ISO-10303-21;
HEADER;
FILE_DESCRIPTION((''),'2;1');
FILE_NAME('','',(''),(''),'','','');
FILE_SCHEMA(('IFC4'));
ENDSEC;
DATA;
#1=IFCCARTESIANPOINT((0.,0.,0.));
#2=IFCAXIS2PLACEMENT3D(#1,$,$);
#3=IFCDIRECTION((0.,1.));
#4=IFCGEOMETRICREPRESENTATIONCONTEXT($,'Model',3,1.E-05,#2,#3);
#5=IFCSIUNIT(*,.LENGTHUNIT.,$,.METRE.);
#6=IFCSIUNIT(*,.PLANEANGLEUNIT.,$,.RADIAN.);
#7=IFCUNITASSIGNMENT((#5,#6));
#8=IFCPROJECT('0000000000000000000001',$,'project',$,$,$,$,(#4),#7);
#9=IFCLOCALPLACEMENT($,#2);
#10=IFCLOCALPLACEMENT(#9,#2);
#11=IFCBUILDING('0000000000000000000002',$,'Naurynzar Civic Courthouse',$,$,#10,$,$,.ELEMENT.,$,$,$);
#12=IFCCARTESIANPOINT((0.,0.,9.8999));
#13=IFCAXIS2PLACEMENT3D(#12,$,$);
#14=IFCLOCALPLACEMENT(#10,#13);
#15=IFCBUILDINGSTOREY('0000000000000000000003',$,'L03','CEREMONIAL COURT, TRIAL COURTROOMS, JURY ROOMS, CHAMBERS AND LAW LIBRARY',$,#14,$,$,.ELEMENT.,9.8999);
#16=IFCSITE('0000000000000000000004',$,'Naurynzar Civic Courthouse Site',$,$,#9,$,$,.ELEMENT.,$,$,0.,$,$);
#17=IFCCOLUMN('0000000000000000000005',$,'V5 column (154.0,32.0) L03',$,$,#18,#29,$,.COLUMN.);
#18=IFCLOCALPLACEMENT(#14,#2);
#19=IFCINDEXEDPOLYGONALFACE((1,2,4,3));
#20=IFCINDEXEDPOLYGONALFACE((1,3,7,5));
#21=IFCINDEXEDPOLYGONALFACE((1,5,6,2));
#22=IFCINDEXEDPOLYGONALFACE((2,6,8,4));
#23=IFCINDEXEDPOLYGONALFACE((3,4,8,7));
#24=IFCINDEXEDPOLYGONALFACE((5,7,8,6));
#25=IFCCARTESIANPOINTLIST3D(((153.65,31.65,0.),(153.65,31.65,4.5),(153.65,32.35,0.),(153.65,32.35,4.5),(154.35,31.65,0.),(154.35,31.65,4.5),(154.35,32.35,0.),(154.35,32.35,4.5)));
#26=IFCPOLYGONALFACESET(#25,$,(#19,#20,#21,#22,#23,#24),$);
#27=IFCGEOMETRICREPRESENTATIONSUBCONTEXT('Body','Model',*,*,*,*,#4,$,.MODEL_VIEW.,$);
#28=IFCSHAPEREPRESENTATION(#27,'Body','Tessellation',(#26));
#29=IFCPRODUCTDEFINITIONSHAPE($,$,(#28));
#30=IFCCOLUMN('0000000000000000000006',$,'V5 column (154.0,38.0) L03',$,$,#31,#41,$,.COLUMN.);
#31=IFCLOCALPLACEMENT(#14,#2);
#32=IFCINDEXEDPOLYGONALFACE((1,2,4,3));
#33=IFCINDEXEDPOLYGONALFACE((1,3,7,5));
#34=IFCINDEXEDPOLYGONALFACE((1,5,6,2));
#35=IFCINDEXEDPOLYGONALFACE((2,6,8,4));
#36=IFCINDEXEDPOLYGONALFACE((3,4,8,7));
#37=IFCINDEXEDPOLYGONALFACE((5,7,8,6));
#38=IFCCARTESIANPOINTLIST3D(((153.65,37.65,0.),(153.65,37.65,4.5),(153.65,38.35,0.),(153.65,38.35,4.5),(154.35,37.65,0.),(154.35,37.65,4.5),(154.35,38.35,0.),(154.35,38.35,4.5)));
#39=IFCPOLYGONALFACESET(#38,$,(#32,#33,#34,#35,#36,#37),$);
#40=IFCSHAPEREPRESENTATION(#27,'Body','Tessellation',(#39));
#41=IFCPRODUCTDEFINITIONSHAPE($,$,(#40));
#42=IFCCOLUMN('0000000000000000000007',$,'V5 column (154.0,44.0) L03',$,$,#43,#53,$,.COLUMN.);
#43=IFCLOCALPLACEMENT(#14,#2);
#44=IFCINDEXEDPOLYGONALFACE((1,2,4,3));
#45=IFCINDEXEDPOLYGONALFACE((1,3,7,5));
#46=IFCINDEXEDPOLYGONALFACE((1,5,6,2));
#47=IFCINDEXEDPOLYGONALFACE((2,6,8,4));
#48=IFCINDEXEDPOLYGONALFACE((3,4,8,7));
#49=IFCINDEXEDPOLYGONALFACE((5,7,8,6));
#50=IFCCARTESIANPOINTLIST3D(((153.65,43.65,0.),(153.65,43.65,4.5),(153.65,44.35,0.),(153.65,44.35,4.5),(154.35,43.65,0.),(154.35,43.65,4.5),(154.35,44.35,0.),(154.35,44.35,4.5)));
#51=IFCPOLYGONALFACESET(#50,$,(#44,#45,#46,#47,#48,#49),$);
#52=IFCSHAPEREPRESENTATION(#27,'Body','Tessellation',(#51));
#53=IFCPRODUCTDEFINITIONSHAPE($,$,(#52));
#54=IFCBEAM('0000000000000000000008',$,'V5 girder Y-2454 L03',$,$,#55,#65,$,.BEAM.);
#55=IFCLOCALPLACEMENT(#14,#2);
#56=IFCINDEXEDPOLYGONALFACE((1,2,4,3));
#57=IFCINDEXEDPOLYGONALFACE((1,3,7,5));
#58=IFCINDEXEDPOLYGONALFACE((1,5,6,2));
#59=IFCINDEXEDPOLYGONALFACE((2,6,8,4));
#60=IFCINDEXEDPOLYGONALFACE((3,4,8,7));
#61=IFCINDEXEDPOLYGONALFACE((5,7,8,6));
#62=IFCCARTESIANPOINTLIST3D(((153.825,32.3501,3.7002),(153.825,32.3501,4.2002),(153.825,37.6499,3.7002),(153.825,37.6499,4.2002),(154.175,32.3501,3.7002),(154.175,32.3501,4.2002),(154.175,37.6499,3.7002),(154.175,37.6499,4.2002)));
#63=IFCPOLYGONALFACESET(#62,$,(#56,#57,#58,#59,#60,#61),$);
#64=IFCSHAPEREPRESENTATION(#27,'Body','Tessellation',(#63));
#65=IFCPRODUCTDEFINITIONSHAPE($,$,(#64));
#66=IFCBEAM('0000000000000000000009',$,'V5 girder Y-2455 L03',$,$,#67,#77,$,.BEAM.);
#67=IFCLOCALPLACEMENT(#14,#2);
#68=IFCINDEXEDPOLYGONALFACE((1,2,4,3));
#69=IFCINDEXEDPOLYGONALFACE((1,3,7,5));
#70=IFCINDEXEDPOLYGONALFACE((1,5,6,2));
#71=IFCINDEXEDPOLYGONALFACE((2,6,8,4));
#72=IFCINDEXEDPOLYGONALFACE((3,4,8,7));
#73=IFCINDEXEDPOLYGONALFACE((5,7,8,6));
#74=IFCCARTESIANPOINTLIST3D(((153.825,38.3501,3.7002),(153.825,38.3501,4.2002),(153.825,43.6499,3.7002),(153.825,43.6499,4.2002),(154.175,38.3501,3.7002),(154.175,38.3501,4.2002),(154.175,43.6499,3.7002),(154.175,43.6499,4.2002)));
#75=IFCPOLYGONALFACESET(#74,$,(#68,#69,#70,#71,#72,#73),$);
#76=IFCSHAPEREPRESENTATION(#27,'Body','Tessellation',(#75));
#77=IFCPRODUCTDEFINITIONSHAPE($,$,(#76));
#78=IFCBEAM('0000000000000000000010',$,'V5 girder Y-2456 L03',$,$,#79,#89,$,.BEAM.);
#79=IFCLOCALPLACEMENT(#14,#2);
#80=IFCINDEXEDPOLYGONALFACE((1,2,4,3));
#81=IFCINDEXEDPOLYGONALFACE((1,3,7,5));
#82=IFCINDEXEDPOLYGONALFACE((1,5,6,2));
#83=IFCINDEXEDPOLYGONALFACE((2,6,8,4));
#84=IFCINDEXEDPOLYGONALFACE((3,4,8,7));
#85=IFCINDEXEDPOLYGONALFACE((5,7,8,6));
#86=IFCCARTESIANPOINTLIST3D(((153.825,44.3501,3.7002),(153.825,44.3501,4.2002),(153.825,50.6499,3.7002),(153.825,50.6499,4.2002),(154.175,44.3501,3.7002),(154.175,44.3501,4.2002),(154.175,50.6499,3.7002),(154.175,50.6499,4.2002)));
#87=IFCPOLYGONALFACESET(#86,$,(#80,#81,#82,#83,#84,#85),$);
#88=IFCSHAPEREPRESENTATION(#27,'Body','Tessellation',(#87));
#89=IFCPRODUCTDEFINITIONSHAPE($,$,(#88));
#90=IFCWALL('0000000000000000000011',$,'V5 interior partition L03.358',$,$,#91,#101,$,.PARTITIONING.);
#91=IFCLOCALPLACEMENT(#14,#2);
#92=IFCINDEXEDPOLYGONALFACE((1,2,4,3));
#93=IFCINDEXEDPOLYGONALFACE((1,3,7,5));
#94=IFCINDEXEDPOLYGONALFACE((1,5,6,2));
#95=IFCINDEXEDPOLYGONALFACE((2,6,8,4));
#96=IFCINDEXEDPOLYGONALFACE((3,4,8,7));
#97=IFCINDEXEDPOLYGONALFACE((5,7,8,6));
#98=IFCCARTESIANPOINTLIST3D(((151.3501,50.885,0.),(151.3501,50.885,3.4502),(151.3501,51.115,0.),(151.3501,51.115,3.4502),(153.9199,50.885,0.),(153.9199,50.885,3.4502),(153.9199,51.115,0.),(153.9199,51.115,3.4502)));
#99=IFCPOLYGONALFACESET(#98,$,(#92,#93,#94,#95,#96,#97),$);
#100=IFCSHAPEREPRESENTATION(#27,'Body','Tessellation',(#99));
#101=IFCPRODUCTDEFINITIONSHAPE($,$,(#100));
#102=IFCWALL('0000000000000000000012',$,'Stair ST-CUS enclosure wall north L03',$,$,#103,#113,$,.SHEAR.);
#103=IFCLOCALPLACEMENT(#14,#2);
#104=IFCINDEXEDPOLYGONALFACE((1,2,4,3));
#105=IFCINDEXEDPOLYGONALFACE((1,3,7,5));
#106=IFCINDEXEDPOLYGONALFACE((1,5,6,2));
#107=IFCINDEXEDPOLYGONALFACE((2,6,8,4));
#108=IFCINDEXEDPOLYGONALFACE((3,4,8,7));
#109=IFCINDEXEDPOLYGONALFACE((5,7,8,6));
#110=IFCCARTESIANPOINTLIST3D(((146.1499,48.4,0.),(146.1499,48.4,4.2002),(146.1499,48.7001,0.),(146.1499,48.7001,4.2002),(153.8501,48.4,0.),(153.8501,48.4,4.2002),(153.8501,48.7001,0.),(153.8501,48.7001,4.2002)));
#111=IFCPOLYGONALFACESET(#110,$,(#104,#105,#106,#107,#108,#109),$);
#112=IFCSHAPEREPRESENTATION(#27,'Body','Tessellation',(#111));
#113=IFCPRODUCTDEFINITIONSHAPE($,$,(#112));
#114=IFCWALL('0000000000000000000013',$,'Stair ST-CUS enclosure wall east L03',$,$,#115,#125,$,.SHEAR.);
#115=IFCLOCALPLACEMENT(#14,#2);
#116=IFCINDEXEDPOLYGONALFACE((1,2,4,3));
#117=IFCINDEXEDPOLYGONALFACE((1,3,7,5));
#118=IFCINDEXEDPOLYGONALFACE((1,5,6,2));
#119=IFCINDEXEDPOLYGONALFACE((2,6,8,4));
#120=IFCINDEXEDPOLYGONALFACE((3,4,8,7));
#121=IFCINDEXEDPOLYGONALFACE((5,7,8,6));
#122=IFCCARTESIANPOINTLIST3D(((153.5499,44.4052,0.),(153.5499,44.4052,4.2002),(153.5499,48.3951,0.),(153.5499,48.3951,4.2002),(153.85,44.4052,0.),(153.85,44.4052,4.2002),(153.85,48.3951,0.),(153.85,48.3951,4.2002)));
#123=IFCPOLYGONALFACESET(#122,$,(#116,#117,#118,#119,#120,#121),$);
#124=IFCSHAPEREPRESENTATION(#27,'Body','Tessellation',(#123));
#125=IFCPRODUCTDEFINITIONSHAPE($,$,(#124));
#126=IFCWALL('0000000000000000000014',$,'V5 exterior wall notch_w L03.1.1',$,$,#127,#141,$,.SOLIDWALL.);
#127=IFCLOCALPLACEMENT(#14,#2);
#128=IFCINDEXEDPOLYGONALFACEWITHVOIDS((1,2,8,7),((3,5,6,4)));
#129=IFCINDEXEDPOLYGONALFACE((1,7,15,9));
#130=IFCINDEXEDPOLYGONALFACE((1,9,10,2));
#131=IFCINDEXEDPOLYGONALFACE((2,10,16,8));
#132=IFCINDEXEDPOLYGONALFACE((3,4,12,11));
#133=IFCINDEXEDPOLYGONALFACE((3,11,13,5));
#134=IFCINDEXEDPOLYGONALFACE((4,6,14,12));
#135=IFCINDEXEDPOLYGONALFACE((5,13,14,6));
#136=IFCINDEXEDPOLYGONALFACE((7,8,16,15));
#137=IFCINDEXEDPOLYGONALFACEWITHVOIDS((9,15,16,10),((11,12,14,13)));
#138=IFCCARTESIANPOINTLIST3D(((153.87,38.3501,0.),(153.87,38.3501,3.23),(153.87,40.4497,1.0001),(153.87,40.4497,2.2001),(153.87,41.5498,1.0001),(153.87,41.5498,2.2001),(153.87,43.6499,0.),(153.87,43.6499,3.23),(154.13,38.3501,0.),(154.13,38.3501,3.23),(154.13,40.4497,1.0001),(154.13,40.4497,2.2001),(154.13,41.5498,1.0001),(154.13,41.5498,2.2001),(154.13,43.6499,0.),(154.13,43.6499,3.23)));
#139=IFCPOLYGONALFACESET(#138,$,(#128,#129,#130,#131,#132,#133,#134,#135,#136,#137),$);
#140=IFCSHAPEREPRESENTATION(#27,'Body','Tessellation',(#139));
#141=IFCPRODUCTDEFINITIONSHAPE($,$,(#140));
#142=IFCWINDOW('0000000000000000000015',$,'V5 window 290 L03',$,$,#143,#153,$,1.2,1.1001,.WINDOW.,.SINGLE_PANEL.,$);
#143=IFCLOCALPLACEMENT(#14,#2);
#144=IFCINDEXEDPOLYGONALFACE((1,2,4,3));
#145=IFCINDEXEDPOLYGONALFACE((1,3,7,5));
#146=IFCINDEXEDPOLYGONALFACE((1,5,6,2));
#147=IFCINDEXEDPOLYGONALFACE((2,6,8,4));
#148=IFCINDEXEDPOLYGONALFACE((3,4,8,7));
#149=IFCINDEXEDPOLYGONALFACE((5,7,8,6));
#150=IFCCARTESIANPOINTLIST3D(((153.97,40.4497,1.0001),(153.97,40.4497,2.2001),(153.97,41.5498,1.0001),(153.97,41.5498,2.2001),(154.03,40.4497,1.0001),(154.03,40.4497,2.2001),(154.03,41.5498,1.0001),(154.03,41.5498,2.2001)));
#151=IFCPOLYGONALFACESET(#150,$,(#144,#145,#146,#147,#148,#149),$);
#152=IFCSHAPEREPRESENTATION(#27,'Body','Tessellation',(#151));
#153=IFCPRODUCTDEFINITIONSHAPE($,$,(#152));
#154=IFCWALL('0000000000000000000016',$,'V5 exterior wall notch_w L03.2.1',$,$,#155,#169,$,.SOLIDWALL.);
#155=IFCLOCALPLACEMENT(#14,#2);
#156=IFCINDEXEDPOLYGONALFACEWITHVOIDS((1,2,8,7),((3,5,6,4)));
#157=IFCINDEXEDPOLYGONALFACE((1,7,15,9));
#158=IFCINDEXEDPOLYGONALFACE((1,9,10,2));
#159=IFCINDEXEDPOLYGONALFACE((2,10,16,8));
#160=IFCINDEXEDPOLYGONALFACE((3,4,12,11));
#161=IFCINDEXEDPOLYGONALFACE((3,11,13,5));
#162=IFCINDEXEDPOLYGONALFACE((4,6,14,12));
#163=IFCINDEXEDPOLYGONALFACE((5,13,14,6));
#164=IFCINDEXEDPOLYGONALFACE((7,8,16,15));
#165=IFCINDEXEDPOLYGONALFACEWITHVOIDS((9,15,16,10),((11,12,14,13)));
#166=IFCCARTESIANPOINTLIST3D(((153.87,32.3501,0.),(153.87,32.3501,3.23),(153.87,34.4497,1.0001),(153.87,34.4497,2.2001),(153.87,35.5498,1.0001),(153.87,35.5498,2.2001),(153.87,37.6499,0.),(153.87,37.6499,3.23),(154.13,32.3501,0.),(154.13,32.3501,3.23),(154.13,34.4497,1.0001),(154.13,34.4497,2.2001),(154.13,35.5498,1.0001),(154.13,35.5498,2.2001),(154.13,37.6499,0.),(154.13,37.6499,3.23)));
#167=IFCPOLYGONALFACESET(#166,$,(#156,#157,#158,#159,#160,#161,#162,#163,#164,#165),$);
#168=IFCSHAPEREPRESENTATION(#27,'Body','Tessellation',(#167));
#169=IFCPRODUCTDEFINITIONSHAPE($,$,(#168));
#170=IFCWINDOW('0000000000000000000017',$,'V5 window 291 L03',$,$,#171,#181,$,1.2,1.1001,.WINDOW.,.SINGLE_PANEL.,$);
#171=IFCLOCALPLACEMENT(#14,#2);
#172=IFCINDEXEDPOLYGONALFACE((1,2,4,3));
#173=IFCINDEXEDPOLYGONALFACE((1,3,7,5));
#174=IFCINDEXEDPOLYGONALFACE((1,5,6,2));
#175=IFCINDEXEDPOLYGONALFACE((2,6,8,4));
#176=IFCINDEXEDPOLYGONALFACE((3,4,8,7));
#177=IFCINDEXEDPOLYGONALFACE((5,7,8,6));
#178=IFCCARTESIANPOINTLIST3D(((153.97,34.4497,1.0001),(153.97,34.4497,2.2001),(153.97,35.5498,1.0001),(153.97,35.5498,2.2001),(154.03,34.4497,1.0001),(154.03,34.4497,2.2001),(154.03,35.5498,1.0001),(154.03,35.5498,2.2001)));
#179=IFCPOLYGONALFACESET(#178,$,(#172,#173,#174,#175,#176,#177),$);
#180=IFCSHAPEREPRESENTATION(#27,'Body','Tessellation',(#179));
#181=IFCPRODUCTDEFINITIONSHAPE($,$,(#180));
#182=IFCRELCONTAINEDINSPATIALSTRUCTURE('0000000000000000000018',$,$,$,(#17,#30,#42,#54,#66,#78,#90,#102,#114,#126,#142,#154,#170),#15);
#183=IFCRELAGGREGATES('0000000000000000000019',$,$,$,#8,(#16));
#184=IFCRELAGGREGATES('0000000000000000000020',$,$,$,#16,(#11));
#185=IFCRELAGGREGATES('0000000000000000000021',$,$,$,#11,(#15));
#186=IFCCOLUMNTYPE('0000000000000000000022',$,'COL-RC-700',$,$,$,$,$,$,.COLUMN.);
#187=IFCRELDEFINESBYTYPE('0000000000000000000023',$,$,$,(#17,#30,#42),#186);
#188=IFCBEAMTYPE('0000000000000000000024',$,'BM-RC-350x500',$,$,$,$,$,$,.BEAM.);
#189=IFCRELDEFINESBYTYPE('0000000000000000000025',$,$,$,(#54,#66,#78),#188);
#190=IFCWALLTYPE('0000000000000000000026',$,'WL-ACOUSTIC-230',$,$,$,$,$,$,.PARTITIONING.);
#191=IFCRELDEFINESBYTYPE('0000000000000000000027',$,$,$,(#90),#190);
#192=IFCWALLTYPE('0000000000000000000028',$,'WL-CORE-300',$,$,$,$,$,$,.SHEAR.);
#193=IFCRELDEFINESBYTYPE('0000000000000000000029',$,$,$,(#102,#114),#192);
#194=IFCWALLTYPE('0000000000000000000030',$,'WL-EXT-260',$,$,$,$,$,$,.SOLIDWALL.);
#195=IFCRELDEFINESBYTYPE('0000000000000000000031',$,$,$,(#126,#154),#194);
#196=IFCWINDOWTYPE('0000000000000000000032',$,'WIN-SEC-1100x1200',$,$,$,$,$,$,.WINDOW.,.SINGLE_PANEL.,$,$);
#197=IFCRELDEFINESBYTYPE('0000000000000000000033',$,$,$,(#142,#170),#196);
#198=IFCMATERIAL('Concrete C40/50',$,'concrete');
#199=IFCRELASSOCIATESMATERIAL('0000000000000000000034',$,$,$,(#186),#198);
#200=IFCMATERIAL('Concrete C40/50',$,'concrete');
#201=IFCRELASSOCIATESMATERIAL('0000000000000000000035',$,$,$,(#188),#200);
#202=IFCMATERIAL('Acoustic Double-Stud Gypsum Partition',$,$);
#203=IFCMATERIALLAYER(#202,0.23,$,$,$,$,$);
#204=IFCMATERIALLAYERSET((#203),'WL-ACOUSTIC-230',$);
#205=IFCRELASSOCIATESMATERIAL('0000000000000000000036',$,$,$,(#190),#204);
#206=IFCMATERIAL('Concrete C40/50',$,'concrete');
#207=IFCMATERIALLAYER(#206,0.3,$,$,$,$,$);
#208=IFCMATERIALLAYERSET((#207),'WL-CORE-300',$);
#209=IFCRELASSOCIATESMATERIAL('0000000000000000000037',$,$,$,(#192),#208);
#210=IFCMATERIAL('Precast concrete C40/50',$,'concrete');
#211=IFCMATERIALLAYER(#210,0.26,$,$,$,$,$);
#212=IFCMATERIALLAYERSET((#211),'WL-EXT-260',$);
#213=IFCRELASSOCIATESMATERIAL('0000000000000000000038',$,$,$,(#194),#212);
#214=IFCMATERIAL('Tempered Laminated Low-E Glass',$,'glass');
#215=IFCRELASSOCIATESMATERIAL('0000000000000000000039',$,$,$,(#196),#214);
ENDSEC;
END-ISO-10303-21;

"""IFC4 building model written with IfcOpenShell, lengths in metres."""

from ifc_helpers import new_model, si_unit, direction, frame, frame_2d, origin, origin_2d, place, context, subcontext, project, spatial, rectangle, extrude, material, layer, layer_set, material_profile, profile_set, type_object, element, fill, save


model = new_model("IFC4")

# Units and contexts
model_context = context("Model", 3, precision=1e-05, world=origin(), true_north=direction((0.0, 1.0)))
body_context = subcontext(model_context, "Body", "Model", "MODEL_VIEW")
ifc_project = project(units=[si_unit("LENGTHUNIT", "METRE"), si_unit("PLANEANGLEUNIT", "RADIAN")], contexts=[model_context])

# Site, building, storey
site_placement = place(None, origin())
site = spatial("IfcSite", under=ifc_project, at=site_placement, Name="Naurynzar Civic Courthouse Site", CompositionType="ELEMENT", RefElevation=0.0)
building_placement = place(site_placement, origin())
building = spatial("IfcBuilding", under=site, at=building_placement, Name="Naurynzar Civic Courthouse", CompositionType="ELEMENT")
storey_placement = place(building_placement, frame((0.0, 0.0, 9.8999)))
storey = spatial("IfcBuildingStorey", under=building, at=storey_placement, Name="L03", Description="CEREMONIAL COURT, TRIAL COURTROOMS, JURY ROOMS, CHAMBERS AND LAW LIBRARY", CompositionType="ELEMENT", Elevation=9.8999)

# Columns
ifc_material_1 = material(Name="Concrete C40/50", Category="concrete")
ifc_material_profile_1 = material_profile(ifc_material_1, rectangle(XDim=0.7, YDim=0.7, at=origin_2d()), Name="RC 700x700")
ifc_profile_set_1 = profile_set([ifc_material_profile_1], Name="Concrete C40/50")
column_type = type_object("IfcColumnType", Name="COL-RC-700", PredefinedType="COLUMN", material=ifc_profile_set_1)
for number, where, z_axis, x_axis, name in (
    (1, (154.0, 32.0, 0.0), (0.0, 0.0, 1.0), (1.0, 0.0, 0.0), "V5 column (154.0,32.0) L03"),
    (2, (154.0, 38.0, 0.0), (0.0, 0.0, 1.0), (1.0, 0.0, 0.0), "V5 column (154.0,38.0) L03"),
    (3, (154.0, 44.0, 0.0), (0.0, 0.0, 1.0), (1.0, 0.0, 0.0), "V5 column (154.0,44.0) L03"),
):
    element("IfcColumn", number, at=place(storey_placement, frame(where, z_axis=z_axis, x_axis=x_axis)), inside=storey, type_object=column_type, Name=name, PredefinedType="COLUMN", context=body_context, shape_type="SweptSolid", body=[
        extrude(rectangle(XDim=0.7, YDim=0.7, at=origin_2d()), origin(), (0.0, 0.0, 1.0), 4.5),
    ])

# Beams
ifc_material_2 = material(Name="Concrete C40/50", Category="concrete")
ifc_material_profile_2 = material_profile(ifc_material_2, rectangle(XDim=0.3501, YDim=0.5, at=origin_2d()), Name="RCB 350x500")
ifc_profile_set_2 = profile_set([ifc_material_profile_2], Name="Concrete C40/50")
beam_type = type_object("IfcBeamType", Name="BM-RC-350x500", PredefinedType="BEAM", material=ifc_profile_set_2)
for number, where, z_axis, x_axis, name in (
    (4, (154.0, 32.3501, 3.9502), (0.0, 1.0, 0.0), (-1.0, 0.0, 0.0), "V5 girder Y-2454 L03"),
    (5, (154.0, 38.3501, 3.9502), (0.0, 1.0, 0.0), (-1.0, 0.0, 0.0), "V5 girder Y-2455 L03"),
):
    element("IfcBeam", number, at=place(storey_placement, frame(where, z_axis=z_axis, x_axis=x_axis)), inside=storey, type_object=beam_type, Name=name, PredefinedType="BEAM", context=body_context, shape_type="SweptSolid", body=[
        extrude(rectangle(XDim=0.3501, YDim=0.5, at=origin_2d()), origin(), (0.0, 0.0, 1.0), 5.2998),
    ])
beam_placement = place(storey_placement, frame((154.0, 44.3501, 3.9502), z_axis=(0.0, 1.0, 0.0), x_axis=(-1.0, 0.0, 0.0)))
element("IfcBeam", 6, at=beam_placement, inside=storey, type_object=beam_type, Name="V5 girder Y-2456 L03", PredefinedType="BEAM", context=body_context, shape_type="SweptSolid", body=[
    extrude(rectangle(XDim=0.3501, YDim=0.5, at=origin_2d()), origin(), (0.0, 0.0, 1.0), 6.2998),
])

# Walls
ifc_material_3 = material(Name="Acoustic Double-Stud Gypsum Partition")
ifc_layer_1 = layer(ifc_material_3, 0.23)
ifc_layer_set_1 = layer_set([ifc_layer_1], Name="WL-ACOUSTIC-230")
wall_type_1 = type_object("IfcWallType", Name="WL-ACOUSTIC-230", PredefinedType="PARTITIONING", material=ifc_layer_set_1)
wall_1_placement = place(storey_placement, frame((151.3501, 51.0, 0.0), z_axis=(0.0, 0.0, 1.0), x_axis=(1.0, 0.0, 0.0)))
element("IfcWall", 7, at=wall_1_placement, inside=storey, type_object=wall_type_1, Name="V5 interior partition L03.358", PredefinedType="PARTITIONING", context=body_context, shape_type="SweptSolid", body=[
    extrude(rectangle(XDim=2.5698, YDim=0.23, at=frame_2d((1.2849, 0.0))), origin(), (0.0, 0.0, 1.0), 3.4502),
])
ifc_material_4 = material(Name="Concrete C40/50", Category="concrete")
ifc_layer_2 = layer(ifc_material_4, 0.3)
ifc_layer_set_2 = layer_set([ifc_layer_2], Name="WL-CORE-300")
wall_type_2 = type_object("IfcWallType", Name="WL-CORE-300", PredefinedType="SHEAR", material=ifc_layer_set_2)
wall_2_placement = place(storey_placement, frame((153.8501, 48.55, 0.0), z_axis=(0.0, 0.0, 1.0), x_axis=(-1.0, 0.0, 0.0)))
element("IfcWall", 8, at=wall_2_placement, inside=storey, type_object=wall_type_2, Name="Stair ST-CUS enclosure wall north L03", PredefinedType="SHEAR", context=body_context, shape_type="SweptSolid", body=[
    extrude(rectangle(XDim=7.7002, YDim=0.3, at=frame_2d((3.8501, 0.0))), origin(), (0.0, 0.0, 1.0), 4.2002),
])
wall_3_placement = place(storey_placement, frame((153.7, 44.405, 0.0), z_axis=(0.0, 0.0, 1.0), x_axis=(0.0, 1.0, 0.0)))
element("IfcWall", 9, at=wall_3_placement, inside=storey, type_object=wall_type_2, Name="Stair ST-CUS enclosure wall east L03", PredefinedType="SHEAR", context=body_context, shape_type="SweptSolid", body=[
    extrude(rectangle(XDim=3.99, YDim=0.3, at=frame_2d((1.9951, 0.0))), origin(), (0.0, 0.0, 1.0), 4.2002),
])

# Walls, openings, windows
ifc_material_5 = material(Name="Precast concrete C40/50", Category="concrete")
ifc_layer_3 = layer(ifc_material_5, 0.26)
ifc_layer_set_3 = layer_set([ifc_layer_3], Name="WL-EXT-260")
wall_type_3 = type_object("IfcWallType", Name="WL-EXT-260", PredefinedType="SOLIDWALL", material=ifc_layer_set_3)
wall_4_placement = place(storey_placement, frame((154.0, 43.6499, 0.0), z_axis=(0.0, 0.0, 1.0), x_axis=(0.0, -1.0, 0.0)))
wall_4 = element("IfcWall", 10, at=wall_4_placement, inside=storey, type_object=wall_type_3, Name="V5 exterior wall notch_w L03.1.1", PredefinedType="SOLIDWALL", context=body_context, shape_type="SweptSolid", body=[
    extrude(rectangle(XDim=5.2998, YDim=0.26, at=frame_2d((2.6499, 0.0))), origin(), (0.0, 0.0, 1.0), 3.23),
])
opening_1_placement = place(wall_4_placement, frame((2.1001, 0.0, 1.0)))
opening_1 = element("IfcOpeningElement", 11, at=opening_1_placement, cuts=wall_4, PredefinedType="OPENING", context=body_context, shape_type="SweptSolid", body=[
    extrude(rectangle(XDim=1.1001, YDim=1.2, at=frame_2d((0.55, 0.6001))), frame((0.0, 0.1399, 0.0), z_axis=(0.0, -1.0, 0.0), x_axis=(1.0, 0.0, 0.0)), (0.0, 0.0, 1.0), 0.28),
])
ifc_material_6 = material(Name="Tempered Laminated Low-E Glass", Category="glass")
window_type = type_object("IfcWindowType", Name="WIN-SEC-1100x1200", PartitioningType="SINGLE_PANEL", PredefinedType="WINDOW", material=ifc_material_6)
window_1_placement = place(opening_1_placement, origin())
window_1 = element("IfcWindow", 12, at=window_1_placement, inside=storey, type_object=window_type, Name="V5 window 290 L03", OverallHeight=1.2, OverallWidth=1.1001, PartitioningType="SINGLE_PANEL", PredefinedType="WINDOW", context=body_context, shape_type="SweptSolid", body=[
    extrude(rectangle(XDim=1.1001, YDim=1.2, at=frame_2d((0.55, 0.6001))), frame((0.0, 0.03, 0.0), z_axis=(0.0, -1.0, 0.0), x_axis=(1.0, 0.0, 0.0)), (0.0, 0.0, 1.0), 0.0601),
])
fill(opening_1, window_1)
wall_5_placement = place(storey_placement, frame((154.0, 37.6499, 0.0), z_axis=(0.0, 0.0, 1.0), x_axis=(0.0, -1.0, 0.0)))
wall_5 = element("IfcWall", 13, at=wall_5_placement, inside=storey, type_object=wall_type_3, Name="V5 exterior wall notch_w L03.2.1", PredefinedType="SOLIDWALL", context=body_context, shape_type="SweptSolid", body=[
    extrude(rectangle(XDim=5.2998, YDim=0.26, at=frame_2d((2.6499, 0.0))), origin(), (0.0, 0.0, 1.0), 3.23),
])
opening_2_placement = place(wall_5_placement, frame((2.1001, 0.0, 1.0)))
opening_2 = element("IfcOpeningElement", 14, at=opening_2_placement, cuts=wall_5, PredefinedType="OPENING", context=body_context, shape_type="SweptSolid", body=[
    extrude(rectangle(XDim=1.1001, YDim=1.2, at=frame_2d((0.55, 0.6001))), frame((0.0, 0.1399, 0.0), z_axis=(0.0, -1.0, 0.0), x_axis=(1.0, 0.0, 0.0)), (0.0, 0.0, 1.0), 0.28),
])
window_2_placement = place(opening_2_placement, origin())
window_2 = element("IfcWindow", 15, at=window_2_placement, inside=storey, type_object=window_type, Name="V5 window 291 L03", OverallHeight=1.2, OverallWidth=1.1001, PartitioningType="SINGLE_PANEL", PredefinedType="WINDOW", context=body_context, shape_type="SweptSolid", body=[
    extrude(rectangle(XDim=1.1001, YDim=1.2, at=frame_2d((0.55, 0.6001))), frame((0.0, 0.03, 0.0), z_axis=(0.0, -1.0, 0.0), x_axis=(1.0, 0.0, 0.0)), (0.0, 0.0, 1.0), 0.0601),
])
fill(opening_2, window_2)

save(model, "model.ifc")
